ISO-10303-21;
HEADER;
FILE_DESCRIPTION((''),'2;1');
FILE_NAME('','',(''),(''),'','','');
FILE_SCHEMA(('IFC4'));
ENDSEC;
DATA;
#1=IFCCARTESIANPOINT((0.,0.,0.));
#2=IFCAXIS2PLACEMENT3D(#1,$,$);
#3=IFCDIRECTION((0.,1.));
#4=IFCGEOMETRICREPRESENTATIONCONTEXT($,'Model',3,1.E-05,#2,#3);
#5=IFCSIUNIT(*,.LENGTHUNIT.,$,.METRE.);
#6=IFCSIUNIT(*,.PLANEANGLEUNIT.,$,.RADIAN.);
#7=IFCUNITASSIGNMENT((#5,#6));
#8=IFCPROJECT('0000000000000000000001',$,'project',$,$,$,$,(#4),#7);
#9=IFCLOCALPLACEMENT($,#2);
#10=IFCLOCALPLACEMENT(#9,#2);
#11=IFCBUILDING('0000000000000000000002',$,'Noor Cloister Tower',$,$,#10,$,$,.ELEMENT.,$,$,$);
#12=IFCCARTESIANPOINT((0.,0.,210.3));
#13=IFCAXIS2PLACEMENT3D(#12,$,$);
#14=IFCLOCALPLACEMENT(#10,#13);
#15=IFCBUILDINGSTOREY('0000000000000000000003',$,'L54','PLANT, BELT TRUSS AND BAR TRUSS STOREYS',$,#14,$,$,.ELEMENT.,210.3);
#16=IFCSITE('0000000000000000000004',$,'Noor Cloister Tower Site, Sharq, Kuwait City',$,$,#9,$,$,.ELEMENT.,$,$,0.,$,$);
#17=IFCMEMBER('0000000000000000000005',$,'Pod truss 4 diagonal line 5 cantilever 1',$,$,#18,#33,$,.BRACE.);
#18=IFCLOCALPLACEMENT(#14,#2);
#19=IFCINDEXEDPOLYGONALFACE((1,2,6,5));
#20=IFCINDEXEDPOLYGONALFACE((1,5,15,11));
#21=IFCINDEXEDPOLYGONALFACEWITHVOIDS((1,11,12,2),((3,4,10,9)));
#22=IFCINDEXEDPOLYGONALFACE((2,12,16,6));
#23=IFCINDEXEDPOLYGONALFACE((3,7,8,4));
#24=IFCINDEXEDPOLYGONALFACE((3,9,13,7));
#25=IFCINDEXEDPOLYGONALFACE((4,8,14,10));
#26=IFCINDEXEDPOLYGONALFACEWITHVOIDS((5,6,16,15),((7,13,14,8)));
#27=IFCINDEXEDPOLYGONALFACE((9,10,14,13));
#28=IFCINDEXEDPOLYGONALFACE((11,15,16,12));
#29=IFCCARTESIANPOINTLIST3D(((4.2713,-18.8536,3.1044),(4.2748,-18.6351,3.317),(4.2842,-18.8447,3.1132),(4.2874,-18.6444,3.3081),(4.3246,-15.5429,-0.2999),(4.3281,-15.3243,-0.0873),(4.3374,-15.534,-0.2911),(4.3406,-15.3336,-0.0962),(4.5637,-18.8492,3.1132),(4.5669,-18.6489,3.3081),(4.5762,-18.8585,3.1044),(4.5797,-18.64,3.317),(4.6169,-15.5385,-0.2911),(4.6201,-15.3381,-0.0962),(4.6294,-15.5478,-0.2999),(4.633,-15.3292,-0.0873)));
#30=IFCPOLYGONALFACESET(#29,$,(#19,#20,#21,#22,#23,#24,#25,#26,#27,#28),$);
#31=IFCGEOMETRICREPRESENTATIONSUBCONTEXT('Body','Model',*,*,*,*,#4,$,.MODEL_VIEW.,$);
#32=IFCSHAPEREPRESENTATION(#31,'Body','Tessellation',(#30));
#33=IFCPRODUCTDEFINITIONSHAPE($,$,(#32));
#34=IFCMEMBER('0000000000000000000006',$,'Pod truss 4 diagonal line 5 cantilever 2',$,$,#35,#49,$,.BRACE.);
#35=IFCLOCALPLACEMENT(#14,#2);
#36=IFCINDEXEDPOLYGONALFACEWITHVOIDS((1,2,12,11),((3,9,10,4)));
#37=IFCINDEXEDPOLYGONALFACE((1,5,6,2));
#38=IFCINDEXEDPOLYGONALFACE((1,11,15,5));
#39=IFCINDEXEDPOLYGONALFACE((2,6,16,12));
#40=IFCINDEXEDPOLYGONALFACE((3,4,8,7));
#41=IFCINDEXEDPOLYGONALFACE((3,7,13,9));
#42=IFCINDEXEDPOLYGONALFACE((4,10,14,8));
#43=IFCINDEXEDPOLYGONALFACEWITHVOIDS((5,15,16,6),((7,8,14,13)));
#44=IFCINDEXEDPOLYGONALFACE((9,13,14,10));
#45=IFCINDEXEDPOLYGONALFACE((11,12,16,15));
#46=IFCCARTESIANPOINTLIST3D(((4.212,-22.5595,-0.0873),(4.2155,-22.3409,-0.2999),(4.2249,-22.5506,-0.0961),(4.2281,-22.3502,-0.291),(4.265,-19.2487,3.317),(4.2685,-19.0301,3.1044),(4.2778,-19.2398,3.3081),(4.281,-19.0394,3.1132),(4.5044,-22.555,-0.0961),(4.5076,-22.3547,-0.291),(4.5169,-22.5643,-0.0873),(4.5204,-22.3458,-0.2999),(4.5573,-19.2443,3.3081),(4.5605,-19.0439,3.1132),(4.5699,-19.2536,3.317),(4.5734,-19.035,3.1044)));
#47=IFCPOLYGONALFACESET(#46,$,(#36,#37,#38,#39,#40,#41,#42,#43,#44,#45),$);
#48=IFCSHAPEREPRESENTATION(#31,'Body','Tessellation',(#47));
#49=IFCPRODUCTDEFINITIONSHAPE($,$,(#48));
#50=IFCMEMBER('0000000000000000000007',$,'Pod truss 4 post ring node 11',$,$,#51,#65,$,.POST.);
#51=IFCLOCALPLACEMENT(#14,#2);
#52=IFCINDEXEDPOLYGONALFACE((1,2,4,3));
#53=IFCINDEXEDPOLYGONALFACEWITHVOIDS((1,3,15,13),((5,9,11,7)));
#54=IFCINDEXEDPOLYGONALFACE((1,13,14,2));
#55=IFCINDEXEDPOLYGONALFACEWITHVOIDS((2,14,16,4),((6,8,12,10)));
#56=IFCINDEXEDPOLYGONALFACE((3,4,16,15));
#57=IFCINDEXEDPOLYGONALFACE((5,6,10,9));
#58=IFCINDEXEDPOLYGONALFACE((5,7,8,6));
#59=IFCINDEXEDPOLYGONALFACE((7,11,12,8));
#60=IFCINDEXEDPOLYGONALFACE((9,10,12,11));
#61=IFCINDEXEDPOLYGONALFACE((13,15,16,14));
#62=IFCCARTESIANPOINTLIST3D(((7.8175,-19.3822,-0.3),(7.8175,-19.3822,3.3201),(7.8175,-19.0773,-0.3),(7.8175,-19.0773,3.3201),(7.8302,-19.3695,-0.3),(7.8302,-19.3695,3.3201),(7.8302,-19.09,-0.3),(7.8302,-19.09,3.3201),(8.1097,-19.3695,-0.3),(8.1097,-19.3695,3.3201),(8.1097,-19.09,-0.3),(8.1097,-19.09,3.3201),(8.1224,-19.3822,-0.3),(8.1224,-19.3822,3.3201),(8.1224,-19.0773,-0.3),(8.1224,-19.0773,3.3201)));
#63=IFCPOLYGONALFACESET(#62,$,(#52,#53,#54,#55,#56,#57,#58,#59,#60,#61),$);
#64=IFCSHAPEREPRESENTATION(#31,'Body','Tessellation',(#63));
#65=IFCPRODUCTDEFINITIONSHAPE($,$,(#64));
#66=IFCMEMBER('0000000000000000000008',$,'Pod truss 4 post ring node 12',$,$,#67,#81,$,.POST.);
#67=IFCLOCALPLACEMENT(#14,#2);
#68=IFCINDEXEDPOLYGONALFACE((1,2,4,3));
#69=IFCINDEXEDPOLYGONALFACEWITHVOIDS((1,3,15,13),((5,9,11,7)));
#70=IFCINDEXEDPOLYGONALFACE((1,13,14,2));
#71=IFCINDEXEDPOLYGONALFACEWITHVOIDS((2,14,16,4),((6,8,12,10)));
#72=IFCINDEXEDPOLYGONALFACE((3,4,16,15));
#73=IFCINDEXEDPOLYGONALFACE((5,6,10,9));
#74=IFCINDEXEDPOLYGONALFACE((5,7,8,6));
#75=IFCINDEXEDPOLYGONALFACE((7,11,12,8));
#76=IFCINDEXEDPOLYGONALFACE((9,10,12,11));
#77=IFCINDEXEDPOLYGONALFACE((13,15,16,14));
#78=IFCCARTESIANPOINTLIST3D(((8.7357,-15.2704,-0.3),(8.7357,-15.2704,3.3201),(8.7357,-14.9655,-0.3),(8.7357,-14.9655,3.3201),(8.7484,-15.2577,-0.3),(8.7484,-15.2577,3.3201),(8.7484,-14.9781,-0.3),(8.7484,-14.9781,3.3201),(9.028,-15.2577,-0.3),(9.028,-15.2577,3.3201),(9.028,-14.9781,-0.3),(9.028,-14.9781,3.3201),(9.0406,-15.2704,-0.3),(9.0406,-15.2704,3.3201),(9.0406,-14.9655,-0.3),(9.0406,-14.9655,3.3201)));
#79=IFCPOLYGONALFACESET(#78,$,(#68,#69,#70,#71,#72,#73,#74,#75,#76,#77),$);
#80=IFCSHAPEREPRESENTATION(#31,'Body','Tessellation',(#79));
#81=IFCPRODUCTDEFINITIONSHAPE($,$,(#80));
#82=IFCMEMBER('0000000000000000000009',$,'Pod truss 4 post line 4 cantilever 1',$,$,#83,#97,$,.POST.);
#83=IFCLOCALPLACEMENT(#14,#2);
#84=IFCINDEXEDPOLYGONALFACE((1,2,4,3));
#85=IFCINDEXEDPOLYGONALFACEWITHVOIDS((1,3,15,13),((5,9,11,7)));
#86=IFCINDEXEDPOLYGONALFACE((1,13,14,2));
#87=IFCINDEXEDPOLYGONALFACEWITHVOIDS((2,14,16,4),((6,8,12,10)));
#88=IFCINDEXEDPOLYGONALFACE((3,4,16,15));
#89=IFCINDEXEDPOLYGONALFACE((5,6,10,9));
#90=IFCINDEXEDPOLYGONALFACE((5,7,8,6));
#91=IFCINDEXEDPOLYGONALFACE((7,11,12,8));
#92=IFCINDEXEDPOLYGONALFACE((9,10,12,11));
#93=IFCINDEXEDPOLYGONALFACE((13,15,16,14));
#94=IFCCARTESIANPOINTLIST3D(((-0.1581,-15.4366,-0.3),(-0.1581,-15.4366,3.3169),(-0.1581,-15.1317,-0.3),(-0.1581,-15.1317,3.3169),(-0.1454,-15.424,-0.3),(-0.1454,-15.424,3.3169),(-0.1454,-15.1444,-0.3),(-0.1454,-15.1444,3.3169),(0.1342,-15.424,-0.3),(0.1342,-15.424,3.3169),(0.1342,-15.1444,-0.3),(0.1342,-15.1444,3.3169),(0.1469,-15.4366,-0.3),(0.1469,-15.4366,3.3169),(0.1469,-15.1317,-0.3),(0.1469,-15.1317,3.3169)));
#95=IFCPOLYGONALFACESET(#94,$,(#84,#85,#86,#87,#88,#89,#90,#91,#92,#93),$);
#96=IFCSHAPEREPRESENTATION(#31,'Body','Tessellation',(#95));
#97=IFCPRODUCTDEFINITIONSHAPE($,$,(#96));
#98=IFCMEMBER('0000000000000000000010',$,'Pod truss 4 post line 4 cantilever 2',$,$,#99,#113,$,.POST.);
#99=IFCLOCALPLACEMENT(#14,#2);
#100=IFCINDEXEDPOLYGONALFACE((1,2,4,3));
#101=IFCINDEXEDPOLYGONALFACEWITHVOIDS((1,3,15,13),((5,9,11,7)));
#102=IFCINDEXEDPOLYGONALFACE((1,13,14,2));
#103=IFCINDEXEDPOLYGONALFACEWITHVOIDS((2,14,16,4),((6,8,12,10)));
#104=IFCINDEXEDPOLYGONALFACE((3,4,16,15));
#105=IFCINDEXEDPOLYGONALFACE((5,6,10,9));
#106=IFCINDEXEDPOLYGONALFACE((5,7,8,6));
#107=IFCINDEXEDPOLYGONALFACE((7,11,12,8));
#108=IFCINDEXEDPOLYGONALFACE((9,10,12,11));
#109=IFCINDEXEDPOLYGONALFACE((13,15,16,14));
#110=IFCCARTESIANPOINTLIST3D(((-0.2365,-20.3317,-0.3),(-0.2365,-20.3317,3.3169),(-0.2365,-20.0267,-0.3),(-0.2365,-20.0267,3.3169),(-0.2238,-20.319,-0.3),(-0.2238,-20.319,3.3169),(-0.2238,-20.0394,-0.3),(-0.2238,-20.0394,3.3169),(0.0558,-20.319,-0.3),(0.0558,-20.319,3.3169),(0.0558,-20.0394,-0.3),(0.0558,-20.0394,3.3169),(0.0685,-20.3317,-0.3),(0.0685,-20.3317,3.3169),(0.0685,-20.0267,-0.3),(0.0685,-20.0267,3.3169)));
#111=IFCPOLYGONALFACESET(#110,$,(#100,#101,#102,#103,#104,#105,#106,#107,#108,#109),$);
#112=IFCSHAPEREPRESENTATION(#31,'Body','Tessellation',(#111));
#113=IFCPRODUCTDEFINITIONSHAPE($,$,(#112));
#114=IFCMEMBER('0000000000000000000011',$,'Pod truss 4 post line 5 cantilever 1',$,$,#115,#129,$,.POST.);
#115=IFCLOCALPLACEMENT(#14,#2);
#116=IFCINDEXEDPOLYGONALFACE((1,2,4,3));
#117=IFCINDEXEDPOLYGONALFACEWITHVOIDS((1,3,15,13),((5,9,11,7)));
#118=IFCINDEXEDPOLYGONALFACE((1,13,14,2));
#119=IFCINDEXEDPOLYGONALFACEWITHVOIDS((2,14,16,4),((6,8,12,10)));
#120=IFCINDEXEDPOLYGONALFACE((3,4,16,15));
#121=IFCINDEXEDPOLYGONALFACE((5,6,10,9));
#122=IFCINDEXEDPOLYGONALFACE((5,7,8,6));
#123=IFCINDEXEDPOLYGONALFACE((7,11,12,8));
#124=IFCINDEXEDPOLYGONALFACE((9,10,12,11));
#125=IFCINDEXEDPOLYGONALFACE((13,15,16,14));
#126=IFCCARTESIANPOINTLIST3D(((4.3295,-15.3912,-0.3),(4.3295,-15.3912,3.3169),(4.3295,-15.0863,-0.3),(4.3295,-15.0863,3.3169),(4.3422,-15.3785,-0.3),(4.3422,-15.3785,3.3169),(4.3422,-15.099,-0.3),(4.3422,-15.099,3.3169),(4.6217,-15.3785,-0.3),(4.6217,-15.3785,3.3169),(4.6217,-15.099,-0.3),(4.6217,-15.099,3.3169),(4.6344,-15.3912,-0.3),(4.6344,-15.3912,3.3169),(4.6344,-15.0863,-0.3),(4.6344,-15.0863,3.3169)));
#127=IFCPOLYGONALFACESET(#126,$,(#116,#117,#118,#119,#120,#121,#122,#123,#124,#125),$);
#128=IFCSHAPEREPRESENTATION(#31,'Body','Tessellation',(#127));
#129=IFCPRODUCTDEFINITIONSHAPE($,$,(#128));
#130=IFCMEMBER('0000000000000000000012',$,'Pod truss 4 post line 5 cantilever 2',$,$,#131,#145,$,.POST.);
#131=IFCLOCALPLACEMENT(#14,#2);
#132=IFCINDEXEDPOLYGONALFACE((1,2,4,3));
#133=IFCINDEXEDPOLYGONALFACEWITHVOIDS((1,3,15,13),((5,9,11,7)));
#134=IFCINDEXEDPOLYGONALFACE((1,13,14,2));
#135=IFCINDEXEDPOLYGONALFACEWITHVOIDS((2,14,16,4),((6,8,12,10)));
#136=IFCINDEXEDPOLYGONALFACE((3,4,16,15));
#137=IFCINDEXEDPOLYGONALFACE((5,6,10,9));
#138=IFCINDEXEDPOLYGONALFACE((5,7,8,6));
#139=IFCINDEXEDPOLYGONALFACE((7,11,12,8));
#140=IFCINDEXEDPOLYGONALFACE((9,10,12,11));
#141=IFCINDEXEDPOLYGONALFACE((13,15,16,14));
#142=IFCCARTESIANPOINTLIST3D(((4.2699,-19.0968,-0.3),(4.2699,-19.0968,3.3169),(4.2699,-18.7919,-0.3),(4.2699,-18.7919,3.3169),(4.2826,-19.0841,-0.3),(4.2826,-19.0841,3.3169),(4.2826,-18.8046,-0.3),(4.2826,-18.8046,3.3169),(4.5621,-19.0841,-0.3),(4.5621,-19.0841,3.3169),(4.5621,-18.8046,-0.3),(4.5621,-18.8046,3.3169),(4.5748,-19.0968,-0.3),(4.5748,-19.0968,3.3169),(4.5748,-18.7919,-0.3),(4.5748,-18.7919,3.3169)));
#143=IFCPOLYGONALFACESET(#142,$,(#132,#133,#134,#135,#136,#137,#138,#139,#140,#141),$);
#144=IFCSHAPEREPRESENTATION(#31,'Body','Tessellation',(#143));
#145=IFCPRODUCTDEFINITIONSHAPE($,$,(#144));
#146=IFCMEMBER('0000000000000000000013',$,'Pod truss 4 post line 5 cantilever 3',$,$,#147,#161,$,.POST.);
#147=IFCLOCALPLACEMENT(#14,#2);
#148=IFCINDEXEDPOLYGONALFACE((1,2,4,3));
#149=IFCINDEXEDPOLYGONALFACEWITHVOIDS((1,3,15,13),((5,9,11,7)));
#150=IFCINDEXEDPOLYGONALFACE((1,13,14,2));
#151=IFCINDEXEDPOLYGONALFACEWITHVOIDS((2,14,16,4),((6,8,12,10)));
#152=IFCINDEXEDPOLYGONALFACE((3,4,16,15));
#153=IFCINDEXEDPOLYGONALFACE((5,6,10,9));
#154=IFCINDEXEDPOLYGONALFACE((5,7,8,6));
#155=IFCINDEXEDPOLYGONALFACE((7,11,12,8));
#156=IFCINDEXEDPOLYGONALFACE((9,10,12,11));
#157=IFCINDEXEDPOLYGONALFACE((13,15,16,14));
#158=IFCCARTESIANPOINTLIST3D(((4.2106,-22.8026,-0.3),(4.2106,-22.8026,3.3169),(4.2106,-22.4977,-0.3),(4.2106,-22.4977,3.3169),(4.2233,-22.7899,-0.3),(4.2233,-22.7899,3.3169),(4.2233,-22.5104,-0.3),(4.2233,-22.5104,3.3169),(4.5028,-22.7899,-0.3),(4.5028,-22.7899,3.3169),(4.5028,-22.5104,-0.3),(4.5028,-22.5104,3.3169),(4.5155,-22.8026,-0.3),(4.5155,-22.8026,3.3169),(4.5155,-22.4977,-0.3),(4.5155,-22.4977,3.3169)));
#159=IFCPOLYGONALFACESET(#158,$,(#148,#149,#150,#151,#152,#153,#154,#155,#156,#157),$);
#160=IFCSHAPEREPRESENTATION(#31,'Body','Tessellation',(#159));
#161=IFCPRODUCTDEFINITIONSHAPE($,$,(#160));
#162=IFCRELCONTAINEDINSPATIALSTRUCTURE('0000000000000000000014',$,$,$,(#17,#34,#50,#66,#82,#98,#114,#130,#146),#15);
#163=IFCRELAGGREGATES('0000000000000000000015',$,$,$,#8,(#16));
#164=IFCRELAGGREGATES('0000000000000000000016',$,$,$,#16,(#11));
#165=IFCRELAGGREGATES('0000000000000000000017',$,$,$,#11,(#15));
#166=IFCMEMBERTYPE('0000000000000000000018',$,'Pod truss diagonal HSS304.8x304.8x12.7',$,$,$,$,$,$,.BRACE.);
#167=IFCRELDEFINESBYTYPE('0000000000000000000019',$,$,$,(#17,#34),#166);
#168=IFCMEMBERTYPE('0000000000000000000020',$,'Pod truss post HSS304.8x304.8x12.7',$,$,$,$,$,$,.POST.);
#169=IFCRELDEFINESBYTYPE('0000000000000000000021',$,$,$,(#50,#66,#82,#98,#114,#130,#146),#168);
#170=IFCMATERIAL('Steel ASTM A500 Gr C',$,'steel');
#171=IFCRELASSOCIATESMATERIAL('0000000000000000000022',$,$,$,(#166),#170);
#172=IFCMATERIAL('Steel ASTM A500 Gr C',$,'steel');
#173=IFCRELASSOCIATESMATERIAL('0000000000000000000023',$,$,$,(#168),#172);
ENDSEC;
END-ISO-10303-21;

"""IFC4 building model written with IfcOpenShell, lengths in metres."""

from ifc_helpers import new_model, si_unit, direction, frame, origin, origin_2d, place, context, subcontext, project, spatial, hollow_rectangle, extrude, material, material_profile, profile_set, type_object, element, save


model = new_model("IFC4")

# Units and contexts
model_context = context("Model", 3, precision=1e-05, world=origin(), true_north=direction((0.0, 1.0)))
body_context = subcontext(model_context, "Body", "Model", "MODEL_VIEW")
ifc_project = project(units=[si_unit("LENGTHUNIT", "METRE"), si_unit("PLANEANGLEUNIT", "RADIAN")], contexts=[model_context])

# Site, building, storey
site_placement = place(None, origin())
site = spatial("IfcSite", under=ifc_project, at=site_placement, Name="Noor Cloister Tower Site, Sharq, Kuwait City", CompositionType="ELEMENT", RefElevation=0.0)
building_placement = place(site_placement, origin())
building = spatial("IfcBuilding", under=site, at=building_placement, Name="Noor Cloister Tower", CompositionType="ELEMENT")
storey_placement = place(building_placement, frame((0.0, 0.0, 210.3)))
storey = spatial("IfcBuildingStorey", under=building, at=storey_placement, Name="L54", Description="PLANT, BELT TRUSS AND BAR TRUSS STOREYS", CompositionType="ELEMENT", Elevation=210.3)

# Members
ifc_material_1 = material(Name="Steel ASTM A500 Gr C", Category="steel")
ifc_material_profile_1 = material_profile(ifc_material_1, hollow_rectangle(XDim=0.3049, YDim=0.3049, WallThickness=0.0127, at=origin_2d()), Name="HSS304.8x304.8x12.7")
ifc_profile_set_1 = profile_set([ifc_material_profile_1], Name="Steel ASTM A500 Gr C")
member_type_1 = type_object("IfcMemberType", Name="Pod truss diagonal HSS304.8x304.8x12.7", PredefinedType="BRACE", material=ifc_profile_set_1)
for number, where, z_axis, x_axis, name in (
    (1, (4.4788, -15.436, -0.1936), (-0.011207, -0.697149, 0.716839), (0.999871, -0.016073, 0.0), "Pod truss 4 diagonal line 5 cantilever 1"),
    (2, (4.4192, -19.1418, 3.2107), (-0.011156, -0.69715, -0.716839), (0.999872, -0.016, 0.0), "Pod truss 4 diagonal line 5 cantilever 2"),
):
    element("IfcMember", number, at=place(storey_placement, frame(where, z_axis=z_axis, x_axis=x_axis)), inside=storey, type_object=member_type_1, Name=name, PredefinedType="BRACE", context=body_context, shape_type="SweptSolid", body=[
        extrude(hollow_rectangle(XDim=0.3049, YDim=0.3049, WallThickness=0.0127, at=origin_2d()), origin(), (0.0, 0.0, 1.0), 4.749),
    ])
ifc_material_2 = material(Name="Steel ASTM A500 Gr C", Category="steel")
ifc_material_profile_2 = material_profile(ifc_material_2, hollow_rectangle(XDim=0.3049, YDim=0.3049, WallThickness=0.0127, at=origin_2d()), Name="HSS304.8x304.8x12.7")
ifc_profile_set_2 = profile_set([ifc_material_profile_2], Name="Steel ASTM A500 Gr C")
member_type_2 = type_object("IfcMemberType", Name="Pod truss post HSS304.8x304.8x12.7", PredefinedType="POST", material=ifc_profile_set_2)
for number, where, z_axis, x_axis, name in (
    (3, (7.97, -19.2297, -0.3), (0.0, 0.0, 1.0), (1.0, 0.0, 0.0), "Pod truss 4 post ring node 11"),
    (4, (8.8882, -15.1179, -0.3), (0.0, 0.0, 1.0), (1.0, 0.0, 0.0), "Pod truss 4 post ring node 12"),
):
    element("IfcMember", number, at=place(storey_placement, frame(where, z_axis=z_axis, x_axis=x_axis)), inside=storey, type_object=member_type_2, Name=name, PredefinedType="POST", context=body_context, shape_type="SweptSolid", body=[
        extrude(hollow_rectangle(XDim=0.3049, YDim=0.3049, WallThickness=0.0127, at=origin_2d()), origin(), (0.0, 0.0, 1.0), 3.6201),
    ])
for number, where, z_axis, x_axis, name in (
    (5, (-0.0056, -15.2842, -0.3), (0.0, 0.0, 1.0), (1.0, 0.0, 0.0), "Pod truss 4 post line 4 cantilever 1"),
    (6, (-0.084, -20.1792, -0.3), (0.0, 0.0, 1.0), (1.0, 0.0, 0.0), "Pod truss 4 post line 4 cantilever 2"),
    (7, (4.4819, -15.2388, -0.3), (0.0, 0.0, 1.0), (1.0, 0.0, 0.0), "Pod truss 4 post line 5 cantilever 1"),
    (8, (4.4224, -18.9443, -0.3), (0.0, 0.0, 1.0), (1.0, 0.0, 0.0), "Pod truss 4 post line 5 cantilever 2"),
    (9, (4.363, -22.6501, -0.3), (0.0, 0.0, 1.0), (1.0, 0.0, 0.0), "Pod truss 4 post line 5 cantilever 3"),
):
    element("IfcMember", number, at=place(storey_placement, frame(where, z_axis=z_axis, x_axis=x_axis)), inside=storey, type_object=member_type_2, Name=name, PredefinedType="POST", context=body_context, shape_type="SweptSolid", body=[
        extrude(hollow_rectangle(XDim=0.3049, YDim=0.3049, WallThickness=0.0127, at=origin_2d()), origin(), (0.0, 0.0, 1.0), 3.6169),
    ])

save(model, "model.ifc")
